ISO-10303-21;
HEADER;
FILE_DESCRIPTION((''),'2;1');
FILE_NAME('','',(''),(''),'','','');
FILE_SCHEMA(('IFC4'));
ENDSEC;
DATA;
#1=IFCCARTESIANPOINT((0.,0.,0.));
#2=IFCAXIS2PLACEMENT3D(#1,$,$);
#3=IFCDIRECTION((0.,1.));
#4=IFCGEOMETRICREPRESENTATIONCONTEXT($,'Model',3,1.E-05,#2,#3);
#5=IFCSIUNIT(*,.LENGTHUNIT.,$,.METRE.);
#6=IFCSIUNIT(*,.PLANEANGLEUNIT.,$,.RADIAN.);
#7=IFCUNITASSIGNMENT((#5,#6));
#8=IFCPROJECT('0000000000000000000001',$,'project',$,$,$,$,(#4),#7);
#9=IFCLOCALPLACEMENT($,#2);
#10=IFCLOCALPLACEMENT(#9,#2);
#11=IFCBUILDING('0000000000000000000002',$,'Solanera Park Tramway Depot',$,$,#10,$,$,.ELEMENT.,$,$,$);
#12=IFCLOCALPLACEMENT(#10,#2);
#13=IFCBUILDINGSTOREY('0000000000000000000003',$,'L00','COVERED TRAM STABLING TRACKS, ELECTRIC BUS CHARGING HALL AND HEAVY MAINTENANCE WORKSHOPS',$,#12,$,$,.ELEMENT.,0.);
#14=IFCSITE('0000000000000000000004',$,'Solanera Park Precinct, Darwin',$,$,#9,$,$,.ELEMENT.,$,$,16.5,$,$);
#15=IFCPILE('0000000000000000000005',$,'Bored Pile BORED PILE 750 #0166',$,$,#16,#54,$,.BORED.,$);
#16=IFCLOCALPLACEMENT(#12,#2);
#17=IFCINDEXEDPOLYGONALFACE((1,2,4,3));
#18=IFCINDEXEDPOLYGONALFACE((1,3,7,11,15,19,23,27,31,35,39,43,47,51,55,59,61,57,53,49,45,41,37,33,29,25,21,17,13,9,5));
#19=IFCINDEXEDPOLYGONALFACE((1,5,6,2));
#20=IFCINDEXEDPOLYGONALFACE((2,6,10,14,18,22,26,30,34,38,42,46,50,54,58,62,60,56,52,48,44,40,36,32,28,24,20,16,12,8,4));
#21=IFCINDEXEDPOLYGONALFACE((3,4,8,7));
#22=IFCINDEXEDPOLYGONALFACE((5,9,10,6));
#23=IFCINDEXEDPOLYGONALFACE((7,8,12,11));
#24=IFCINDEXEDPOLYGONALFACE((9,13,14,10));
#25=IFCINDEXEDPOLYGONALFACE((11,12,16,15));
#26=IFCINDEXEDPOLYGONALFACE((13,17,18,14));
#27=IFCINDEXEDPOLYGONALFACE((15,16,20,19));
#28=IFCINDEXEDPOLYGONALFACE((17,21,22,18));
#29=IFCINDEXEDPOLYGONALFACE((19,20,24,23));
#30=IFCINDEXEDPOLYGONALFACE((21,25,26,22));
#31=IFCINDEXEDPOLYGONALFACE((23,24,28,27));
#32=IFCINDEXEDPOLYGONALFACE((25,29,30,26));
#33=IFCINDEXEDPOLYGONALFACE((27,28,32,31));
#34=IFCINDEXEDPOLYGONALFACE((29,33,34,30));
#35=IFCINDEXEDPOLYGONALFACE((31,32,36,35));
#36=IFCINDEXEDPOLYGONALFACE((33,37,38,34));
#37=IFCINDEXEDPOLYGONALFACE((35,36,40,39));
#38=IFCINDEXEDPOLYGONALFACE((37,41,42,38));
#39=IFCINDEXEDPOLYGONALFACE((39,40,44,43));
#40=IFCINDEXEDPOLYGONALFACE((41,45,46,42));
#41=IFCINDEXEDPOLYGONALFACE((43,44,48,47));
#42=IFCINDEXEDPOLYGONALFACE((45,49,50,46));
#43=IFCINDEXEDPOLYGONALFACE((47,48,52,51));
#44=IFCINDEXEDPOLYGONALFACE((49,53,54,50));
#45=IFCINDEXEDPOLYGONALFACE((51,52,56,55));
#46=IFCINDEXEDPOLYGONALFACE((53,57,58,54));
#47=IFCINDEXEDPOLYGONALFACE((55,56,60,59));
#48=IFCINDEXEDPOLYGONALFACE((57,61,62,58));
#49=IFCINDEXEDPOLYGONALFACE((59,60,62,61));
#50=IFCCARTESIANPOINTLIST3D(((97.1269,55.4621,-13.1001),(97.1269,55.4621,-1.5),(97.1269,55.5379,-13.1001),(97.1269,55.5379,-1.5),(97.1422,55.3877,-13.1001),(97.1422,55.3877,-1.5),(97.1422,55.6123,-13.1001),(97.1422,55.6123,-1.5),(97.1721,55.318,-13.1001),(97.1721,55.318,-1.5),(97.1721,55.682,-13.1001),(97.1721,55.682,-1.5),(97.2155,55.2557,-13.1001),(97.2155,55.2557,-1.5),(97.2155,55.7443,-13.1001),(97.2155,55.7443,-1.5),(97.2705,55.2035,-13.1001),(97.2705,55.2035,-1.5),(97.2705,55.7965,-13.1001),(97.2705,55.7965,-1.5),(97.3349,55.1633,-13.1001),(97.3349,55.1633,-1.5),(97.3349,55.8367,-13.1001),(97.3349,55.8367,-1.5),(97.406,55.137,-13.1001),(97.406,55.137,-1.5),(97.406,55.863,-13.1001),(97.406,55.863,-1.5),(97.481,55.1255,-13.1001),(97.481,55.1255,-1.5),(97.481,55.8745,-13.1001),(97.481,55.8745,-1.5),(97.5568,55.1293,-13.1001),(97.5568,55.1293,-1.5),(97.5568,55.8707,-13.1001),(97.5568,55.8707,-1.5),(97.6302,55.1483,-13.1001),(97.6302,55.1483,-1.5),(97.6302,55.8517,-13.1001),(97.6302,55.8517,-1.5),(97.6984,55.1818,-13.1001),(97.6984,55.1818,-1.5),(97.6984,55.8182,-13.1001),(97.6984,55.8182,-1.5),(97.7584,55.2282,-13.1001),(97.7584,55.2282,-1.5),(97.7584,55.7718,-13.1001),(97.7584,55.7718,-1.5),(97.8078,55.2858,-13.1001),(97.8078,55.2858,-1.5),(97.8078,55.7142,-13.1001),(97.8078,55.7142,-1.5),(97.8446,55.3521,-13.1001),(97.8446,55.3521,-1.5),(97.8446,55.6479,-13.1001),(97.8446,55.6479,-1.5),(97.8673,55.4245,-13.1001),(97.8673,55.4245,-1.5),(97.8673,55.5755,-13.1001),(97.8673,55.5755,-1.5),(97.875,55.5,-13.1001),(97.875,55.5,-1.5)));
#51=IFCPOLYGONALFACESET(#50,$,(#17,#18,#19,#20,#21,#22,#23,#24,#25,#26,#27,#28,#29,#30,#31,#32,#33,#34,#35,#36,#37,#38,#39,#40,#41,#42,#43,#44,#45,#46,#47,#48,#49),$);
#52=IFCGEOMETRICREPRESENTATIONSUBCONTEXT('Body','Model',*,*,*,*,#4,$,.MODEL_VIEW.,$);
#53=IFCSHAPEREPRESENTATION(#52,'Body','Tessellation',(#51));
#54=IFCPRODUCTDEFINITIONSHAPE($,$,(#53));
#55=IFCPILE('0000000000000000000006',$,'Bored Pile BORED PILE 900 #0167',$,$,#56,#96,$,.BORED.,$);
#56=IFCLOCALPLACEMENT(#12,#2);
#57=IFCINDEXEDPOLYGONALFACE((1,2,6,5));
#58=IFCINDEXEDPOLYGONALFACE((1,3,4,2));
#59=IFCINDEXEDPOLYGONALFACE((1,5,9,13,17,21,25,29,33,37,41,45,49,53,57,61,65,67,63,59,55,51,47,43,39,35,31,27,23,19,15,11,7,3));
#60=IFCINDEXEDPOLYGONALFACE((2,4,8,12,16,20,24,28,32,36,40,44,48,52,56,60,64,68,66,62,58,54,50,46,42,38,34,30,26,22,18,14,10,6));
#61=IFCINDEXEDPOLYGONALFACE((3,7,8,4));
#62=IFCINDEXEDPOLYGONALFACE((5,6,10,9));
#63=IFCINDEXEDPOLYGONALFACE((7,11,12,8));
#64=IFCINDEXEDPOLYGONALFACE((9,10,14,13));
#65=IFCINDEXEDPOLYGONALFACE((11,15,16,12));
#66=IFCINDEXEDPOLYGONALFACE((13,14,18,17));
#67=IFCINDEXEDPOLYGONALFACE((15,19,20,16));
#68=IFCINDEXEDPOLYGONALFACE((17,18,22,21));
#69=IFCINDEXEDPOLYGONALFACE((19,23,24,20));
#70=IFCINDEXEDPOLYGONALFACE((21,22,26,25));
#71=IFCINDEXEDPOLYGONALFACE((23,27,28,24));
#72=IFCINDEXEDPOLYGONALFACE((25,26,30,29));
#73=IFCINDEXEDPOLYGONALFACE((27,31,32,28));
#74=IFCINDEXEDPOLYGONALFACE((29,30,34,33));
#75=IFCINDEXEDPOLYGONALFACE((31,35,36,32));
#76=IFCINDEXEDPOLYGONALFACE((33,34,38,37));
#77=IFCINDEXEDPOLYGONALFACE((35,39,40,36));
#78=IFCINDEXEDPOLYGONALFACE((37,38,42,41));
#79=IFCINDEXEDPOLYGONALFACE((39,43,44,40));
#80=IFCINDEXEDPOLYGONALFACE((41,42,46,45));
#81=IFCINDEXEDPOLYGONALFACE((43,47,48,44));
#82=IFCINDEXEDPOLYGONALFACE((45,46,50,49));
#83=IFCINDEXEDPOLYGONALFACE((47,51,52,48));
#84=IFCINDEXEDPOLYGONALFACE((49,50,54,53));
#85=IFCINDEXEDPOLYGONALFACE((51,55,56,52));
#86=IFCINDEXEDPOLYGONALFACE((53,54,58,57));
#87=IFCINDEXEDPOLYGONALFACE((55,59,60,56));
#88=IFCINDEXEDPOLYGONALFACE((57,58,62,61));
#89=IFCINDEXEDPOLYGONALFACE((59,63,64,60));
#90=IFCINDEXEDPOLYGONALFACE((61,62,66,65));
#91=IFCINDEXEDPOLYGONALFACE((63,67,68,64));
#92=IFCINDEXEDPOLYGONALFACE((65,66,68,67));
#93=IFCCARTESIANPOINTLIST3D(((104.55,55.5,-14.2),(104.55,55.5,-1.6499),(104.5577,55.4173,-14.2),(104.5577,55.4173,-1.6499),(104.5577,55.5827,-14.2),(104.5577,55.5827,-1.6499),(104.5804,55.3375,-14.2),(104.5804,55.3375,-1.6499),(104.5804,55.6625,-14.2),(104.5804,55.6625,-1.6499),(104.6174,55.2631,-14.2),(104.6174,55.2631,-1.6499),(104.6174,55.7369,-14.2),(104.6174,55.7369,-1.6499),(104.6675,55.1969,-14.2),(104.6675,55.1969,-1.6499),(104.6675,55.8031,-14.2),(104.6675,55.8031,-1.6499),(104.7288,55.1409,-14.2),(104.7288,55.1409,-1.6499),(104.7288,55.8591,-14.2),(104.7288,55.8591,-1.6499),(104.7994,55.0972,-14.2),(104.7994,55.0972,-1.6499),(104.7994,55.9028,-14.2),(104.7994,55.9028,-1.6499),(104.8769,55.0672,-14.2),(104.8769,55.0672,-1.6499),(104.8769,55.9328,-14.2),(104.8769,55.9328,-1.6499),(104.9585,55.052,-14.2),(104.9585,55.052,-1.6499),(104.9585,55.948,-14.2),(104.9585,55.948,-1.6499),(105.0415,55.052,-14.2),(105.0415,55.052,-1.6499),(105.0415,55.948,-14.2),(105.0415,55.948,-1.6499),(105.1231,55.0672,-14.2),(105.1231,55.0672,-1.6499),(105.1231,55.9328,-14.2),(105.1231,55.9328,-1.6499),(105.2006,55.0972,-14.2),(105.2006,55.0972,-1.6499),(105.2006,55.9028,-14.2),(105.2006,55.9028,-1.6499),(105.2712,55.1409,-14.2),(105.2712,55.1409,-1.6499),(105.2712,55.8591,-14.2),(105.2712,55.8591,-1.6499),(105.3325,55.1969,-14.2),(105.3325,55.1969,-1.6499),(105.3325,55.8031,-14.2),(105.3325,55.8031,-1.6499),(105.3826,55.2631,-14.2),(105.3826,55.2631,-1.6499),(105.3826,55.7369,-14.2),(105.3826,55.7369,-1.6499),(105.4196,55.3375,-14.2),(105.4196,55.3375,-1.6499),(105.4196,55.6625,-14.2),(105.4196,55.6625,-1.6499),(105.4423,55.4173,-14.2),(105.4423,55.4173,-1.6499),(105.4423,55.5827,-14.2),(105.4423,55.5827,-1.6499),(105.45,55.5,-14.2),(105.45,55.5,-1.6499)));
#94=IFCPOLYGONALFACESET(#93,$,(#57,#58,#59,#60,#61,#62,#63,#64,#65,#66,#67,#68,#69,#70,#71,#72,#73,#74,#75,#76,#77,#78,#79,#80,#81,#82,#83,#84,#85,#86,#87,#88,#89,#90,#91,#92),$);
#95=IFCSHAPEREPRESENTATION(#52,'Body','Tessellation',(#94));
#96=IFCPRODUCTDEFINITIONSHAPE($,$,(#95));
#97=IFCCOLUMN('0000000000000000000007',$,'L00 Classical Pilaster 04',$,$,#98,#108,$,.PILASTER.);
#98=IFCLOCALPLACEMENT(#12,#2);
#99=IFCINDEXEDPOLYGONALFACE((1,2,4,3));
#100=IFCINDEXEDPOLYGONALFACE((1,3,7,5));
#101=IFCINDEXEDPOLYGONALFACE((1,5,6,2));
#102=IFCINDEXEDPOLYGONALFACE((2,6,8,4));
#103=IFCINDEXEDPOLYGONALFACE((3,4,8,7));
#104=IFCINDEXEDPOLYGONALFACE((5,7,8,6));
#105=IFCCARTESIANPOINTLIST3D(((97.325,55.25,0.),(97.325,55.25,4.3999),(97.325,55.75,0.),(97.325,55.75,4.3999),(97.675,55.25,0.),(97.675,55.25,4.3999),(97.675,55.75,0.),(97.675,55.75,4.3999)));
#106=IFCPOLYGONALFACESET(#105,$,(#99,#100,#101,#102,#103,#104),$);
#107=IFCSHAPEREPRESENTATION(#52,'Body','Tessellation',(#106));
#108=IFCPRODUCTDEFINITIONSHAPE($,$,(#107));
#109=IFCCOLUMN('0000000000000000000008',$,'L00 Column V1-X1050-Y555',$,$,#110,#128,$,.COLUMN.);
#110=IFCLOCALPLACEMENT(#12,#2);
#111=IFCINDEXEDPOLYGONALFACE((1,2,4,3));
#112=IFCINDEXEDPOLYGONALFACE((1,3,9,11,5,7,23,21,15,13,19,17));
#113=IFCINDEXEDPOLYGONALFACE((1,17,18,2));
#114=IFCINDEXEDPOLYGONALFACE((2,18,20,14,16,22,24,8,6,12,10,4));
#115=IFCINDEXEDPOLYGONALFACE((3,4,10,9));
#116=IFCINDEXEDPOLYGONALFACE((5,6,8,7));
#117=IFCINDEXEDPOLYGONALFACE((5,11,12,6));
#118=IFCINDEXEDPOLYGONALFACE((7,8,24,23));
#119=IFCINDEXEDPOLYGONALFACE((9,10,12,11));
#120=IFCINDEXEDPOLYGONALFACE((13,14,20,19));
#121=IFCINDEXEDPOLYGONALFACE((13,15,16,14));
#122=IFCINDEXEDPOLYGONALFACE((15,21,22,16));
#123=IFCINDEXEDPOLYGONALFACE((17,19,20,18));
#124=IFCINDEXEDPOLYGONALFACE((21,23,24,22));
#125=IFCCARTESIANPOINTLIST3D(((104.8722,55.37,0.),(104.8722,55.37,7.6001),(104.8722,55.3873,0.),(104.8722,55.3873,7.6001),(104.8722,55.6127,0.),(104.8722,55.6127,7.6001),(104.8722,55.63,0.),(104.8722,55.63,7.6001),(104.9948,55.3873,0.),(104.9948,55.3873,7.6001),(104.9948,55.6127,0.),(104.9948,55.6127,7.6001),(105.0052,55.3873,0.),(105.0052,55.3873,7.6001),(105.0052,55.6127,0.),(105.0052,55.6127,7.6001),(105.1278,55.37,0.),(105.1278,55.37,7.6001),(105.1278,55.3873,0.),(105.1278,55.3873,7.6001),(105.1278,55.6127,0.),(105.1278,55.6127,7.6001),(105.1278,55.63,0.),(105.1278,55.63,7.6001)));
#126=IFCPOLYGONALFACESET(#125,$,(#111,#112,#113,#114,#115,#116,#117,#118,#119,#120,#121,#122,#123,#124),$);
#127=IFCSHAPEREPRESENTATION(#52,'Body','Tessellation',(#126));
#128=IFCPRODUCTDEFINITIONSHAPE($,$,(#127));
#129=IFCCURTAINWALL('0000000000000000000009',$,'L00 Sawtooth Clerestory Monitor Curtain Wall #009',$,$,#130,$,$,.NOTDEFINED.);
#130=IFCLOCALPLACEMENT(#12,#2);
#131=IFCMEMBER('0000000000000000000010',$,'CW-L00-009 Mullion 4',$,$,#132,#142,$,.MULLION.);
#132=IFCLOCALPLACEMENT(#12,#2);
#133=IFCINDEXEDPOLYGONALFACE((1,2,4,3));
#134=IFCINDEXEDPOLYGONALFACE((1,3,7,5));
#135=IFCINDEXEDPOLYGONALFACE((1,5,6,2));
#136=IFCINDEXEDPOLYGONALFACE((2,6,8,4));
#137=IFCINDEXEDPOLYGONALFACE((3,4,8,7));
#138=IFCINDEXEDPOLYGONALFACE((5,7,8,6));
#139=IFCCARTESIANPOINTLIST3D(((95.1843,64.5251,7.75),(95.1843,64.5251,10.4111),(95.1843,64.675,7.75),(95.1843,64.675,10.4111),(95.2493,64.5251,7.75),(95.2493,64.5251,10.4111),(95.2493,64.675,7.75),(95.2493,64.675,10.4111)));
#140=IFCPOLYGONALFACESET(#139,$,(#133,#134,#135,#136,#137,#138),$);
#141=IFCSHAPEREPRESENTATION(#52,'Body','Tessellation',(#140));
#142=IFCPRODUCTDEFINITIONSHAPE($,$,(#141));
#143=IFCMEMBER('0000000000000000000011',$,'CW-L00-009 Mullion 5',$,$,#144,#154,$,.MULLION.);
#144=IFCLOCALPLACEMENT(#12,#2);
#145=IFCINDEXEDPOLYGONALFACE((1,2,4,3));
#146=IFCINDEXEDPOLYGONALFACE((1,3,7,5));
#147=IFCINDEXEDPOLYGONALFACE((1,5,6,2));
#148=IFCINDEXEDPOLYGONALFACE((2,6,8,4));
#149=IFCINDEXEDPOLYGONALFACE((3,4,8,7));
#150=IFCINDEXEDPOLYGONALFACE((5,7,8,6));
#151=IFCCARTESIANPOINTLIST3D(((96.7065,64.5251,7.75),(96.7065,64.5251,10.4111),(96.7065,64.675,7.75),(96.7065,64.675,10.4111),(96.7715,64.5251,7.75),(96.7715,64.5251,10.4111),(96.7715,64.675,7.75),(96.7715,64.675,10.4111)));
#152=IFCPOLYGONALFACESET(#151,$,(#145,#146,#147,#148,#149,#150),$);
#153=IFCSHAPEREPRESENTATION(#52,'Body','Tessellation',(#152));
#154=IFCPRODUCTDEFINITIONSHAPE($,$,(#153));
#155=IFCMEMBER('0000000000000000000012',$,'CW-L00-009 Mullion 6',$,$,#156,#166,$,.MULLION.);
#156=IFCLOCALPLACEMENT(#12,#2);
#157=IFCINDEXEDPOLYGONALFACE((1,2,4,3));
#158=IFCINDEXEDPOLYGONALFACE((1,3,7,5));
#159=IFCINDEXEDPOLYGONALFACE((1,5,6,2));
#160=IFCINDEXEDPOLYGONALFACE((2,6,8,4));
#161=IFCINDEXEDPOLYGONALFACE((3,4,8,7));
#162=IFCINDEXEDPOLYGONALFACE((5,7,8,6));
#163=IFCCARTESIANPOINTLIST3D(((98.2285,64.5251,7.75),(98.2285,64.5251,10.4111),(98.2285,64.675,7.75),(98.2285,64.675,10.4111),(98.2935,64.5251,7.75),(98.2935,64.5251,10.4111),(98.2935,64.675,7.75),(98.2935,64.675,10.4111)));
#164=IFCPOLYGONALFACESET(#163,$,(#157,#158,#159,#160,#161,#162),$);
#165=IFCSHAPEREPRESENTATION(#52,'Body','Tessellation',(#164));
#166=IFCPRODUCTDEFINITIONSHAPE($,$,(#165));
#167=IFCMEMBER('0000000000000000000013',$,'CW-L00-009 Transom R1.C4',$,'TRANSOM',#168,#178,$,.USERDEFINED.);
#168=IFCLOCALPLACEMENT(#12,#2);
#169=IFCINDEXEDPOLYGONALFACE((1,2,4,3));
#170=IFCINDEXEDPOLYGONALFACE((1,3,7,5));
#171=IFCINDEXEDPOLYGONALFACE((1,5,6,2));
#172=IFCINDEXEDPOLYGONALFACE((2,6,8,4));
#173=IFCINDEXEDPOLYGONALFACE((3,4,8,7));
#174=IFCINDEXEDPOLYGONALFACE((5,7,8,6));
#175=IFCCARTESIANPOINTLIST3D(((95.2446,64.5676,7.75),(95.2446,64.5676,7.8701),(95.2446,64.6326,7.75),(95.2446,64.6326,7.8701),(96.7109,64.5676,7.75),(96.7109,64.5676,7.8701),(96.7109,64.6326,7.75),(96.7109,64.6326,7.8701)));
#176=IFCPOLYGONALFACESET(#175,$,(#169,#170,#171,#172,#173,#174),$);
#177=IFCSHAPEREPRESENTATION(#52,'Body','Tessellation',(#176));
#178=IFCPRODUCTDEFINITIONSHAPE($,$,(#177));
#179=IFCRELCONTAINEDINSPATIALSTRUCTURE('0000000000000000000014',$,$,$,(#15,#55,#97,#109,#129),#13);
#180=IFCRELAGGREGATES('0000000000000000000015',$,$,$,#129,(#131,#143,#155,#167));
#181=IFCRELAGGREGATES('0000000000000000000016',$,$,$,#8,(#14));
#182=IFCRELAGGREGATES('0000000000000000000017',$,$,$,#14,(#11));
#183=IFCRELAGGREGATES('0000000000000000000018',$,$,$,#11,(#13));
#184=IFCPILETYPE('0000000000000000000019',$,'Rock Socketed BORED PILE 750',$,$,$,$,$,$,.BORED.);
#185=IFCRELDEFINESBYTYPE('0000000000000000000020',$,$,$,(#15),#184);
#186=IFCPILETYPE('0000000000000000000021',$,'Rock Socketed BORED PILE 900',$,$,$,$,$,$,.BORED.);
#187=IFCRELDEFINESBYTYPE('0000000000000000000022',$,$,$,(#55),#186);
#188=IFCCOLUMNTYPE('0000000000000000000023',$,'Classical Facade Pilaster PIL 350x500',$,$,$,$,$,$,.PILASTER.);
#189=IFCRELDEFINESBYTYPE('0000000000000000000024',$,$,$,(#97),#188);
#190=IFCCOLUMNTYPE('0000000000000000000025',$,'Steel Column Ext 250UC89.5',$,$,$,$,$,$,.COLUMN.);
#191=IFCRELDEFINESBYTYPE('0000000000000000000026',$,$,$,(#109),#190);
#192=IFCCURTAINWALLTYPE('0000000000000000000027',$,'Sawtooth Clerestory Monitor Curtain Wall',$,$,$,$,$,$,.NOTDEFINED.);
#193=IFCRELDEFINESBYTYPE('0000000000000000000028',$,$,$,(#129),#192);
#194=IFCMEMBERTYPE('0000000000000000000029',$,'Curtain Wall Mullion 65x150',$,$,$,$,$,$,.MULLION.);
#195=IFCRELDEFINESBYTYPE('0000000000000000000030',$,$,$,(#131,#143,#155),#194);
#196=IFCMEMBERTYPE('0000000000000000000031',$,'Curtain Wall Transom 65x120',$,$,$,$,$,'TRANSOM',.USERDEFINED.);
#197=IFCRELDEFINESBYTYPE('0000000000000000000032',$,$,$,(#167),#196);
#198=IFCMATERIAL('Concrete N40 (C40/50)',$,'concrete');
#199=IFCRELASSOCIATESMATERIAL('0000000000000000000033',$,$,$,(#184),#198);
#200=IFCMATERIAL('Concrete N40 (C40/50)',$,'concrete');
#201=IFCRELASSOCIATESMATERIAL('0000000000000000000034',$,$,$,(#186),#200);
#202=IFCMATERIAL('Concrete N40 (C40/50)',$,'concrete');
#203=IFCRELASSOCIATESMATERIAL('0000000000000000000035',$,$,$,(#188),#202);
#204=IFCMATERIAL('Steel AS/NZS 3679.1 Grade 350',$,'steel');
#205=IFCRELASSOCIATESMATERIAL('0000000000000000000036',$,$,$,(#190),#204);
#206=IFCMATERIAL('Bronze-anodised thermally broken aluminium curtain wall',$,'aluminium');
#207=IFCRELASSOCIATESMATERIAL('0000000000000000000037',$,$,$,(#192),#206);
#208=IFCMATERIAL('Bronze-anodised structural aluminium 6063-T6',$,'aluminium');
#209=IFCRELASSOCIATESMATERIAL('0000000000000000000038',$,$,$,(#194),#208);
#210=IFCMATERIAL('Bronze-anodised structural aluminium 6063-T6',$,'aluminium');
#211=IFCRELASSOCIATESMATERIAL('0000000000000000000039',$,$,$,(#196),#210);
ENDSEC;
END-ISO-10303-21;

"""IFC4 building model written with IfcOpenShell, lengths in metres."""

from ifc_helpers import new_model, si_unit, direction, frame, origin, origin_2d, place, context, subcontext, project, spatial, rectangle, circle, i_section, extrude, material, material_profile, profile_set, type_object, element, aggregate, save


model = new_model("IFC4")

# Units and contexts
model_context = context("Model", 3, precision=1e-05, world=origin(), true_north=direction((0.0, 1.0)))
body_context = subcontext(model_context, "Body", "Model", "MODEL_VIEW")
ifc_project = project(units=[si_unit("LENGTHUNIT", "METRE"), si_unit("PLANEANGLEUNIT", "RADIAN")], contexts=[model_context])

# Site, building, storey
site_placement = place(None, origin())
site = spatial("IfcSite", under=ifc_project, at=site_placement, Name="Solanera Park Precinct, Darwin", CompositionType="ELEMENT", RefElevation=16.5)
building_placement = place(site_placement, origin())
building = spatial("IfcBuilding", under=site, at=building_placement, Name="Solanera Park Tramway Depot", CompositionType="ELEMENT")
storey_placement = place(building_placement, origin())
storey = spatial("IfcBuildingStorey", under=building, at=storey_placement, Name="L00", Description="COVERED TRAM STABLING TRACKS, ELECTRIC BUS CHARGING HALL AND HEAVY MAINTENANCE WORKSHOPS", CompositionType="ELEMENT", Elevation=0.0)

# Piles
ifc_material_1 = material(Name="Concrete N40 (C40/50)", Category="concrete")
ifc_material_profile_1 = material_profile(ifc_material_1, circle(Radius=0.375, at=origin_2d()), Name="BORED PILE 750")
ifc_profile_set_1 = profile_set([ifc_material_profile_1], Name="Concrete N40 (C40/50)")
pile_type_1 = type_object("IfcPileType", Name="Rock Socketed BORED PILE 750", PredefinedType="BORED", material=ifc_profile_set_1)
pile_1_placement = place(storey_placement, frame((97.5, 55.5, -1.5), z_axis=(0.0, 0.0, -1.0), x_axis=(1.0, 0.0, 0.0)))
element("IfcPile", 1, at=pile_1_placement, inside=storey, type_object=pile_type_1, Name="Bored Pile BORED PILE 750 #0166", PredefinedType="BORED", context=body_context, shape_type="SweptSolid", body=[
    extrude(circle(Radius=0.375, at=origin_2d()), origin(), (0.0, 0.0, 1.0), 11.6001),
])
ifc_material_2 = material(Name="Concrete N40 (C40/50)", Category="concrete")
ifc_material_profile_2 = material_profile(ifc_material_2, circle(Radius=0.45, at=origin_2d()), Name="BORED PILE 900")
ifc_profile_set_2 = profile_set([ifc_material_profile_2], Name="Concrete N40 (C40/50)")
pile_type_2 = type_object("IfcPileType", Name="Rock Socketed BORED PILE 900", PredefinedType="BORED", material=ifc_profile_set_2)
pile_2_placement = place(storey_placement, frame((105.0, 55.5, -1.6499), z_axis=(0.0, 0.0, -1.0), x_axis=(1.0, 0.0, 0.0)))
element("IfcPile", 2, at=pile_2_placement, inside=storey, type_object=pile_type_2, Name="Bored Pile BORED PILE 900 #0167", PredefinedType="BORED", context=body_context, shape_type="SweptSolid", body=[
    extrude(circle(Radius=0.45, at=origin_2d()), origin(), (0.0, 0.0, 1.0), 12.55),
])

# Columns
ifc_material_3 = material(Name="Concrete N40 (C40/50)", Category="concrete")
ifc_material_profile_3 = material_profile(ifc_material_3, rectangle(XDim=0.3501, YDim=0.5, at=origin_2d()), Name="PIL 350x500")
ifc_profile_set_3 = profile_set([ifc_material_profile_3], Name="Concrete N40 (C40/50)")
column_type_1 = type_object("IfcColumnType", Name="Classical Facade Pilaster PIL 350x500", PredefinedType="PILASTER", material=ifc_profile_set_3)
column_1_placement = place(storey_placement, frame((97.5, 55.5, 0.0), z_axis=(0.0, 0.0, 1.0), x_axis=(1.0, 0.0, 0.0)))
element("IfcColumn", 3, at=column_1_placement, inside=storey, type_object=column_type_1, Name="L00 Classical Pilaster 04", PredefinedType="PILASTER", context=body_context, shape_type="SweptSolid", body=[
    extrude(rectangle(XDim=0.3501, YDim=0.5, at=origin_2d()), origin(), (0.0, 0.0, 1.0), 4.3999),
])
ifc_material_4 = material(Name="Steel AS/NZS 3679.1 Grade 350", Category="steel")
ifc_material_profile_4 = material_profile(ifc_material_4, i_section(OverallWidth=0.2556, OverallDepth=0.26, WebThickness=0.0105, FlangeThickness=0.0173, at=origin_2d()), Name="250UC89.5")
ifc_profile_set_4 = profile_set([ifc_material_profile_4], Name="Steel AS/NZS 3679.1 Grade 350")
column_type_2 = type_object("IfcColumnType", Name="Steel Column Ext 250UC89.5", PredefinedType="COLUMN", material=ifc_profile_set_4)
column_2_placement = place(storey_placement, frame((105.0, 55.5, 0.0), z_axis=(0.0, 0.0, 1.0), x_axis=(1.0, 0.0, 0.0)))
element("IfcColumn", 4, at=column_2_placement, inside=storey, type_object=column_type_2, Name="L00 Column V1-X1050-Y555", PredefinedType="COLUMN", context=body_context, shape_type="SweptSolid", body=[
    extrude(i_section(OverallWidth=0.2556, OverallDepth=0.26, WebThickness=0.0105, FlangeThickness=0.0173, at=origin_2d()), origin(), (0.0, 0.0, 1.0), 7.6001),
])

# Curtain wall, members
ifc_material_5 = material(Name="Bronze-anodised thermally broken aluminium curtain wall", Category="aluminium")
curtain_wall_type = type_object("IfcCurtainWallType", Name="Sawtooth Clerestory Monitor Curtain Wall", PredefinedType="NOTDEFINED", material=ifc_material_5)
curtain_wall_placement = place(storey_placement, origin())
curtain_wall = element("IfcCurtainWall", 5, at=curtain_wall_placement, inside=storey, type_object=curtain_wall_type, Name="L00 Sawtooth Clerestory Monitor Curtain Wall #009", PredefinedType="NOTDEFINED")
ifc_material_6 = material(Name="Bronze-anodised structural aluminium 6063-T6", Category="aluminium")
ifc_material_profile_5 = material_profile(ifc_material_6, rectangle(XDim=0.0649, YDim=0.1499, at=origin_2d()), Name="Curtain Wall Mullion 65x150")
ifc_profile_set_5 = profile_set([ifc_material_profile_5], Name="Bronze-anodised structural aluminium 6063-T6")
member_type_1 = type_object("IfcMemberType", Name="Curtain Wall Mullion 65x150", PredefinedType="MULLION", material=ifc_profile_set_5)
member_1_placement = place(storey_placement, frame((95.2168, 64.6001, 7.75), z_axis=(0.0, 0.0, 1.0), x_axis=(1.0, 0.0, 0.0)))
member_1 = element("IfcMember", 6, at=member_1_placement, type_object=member_type_1, Name="CW-L00-009 Mullion 4", PredefinedType="MULLION", context=body_context, shape_type="SweptSolid", body=[
    extrude(rectangle(XDim=0.0649, YDim=0.1499, at=origin_2d()), origin(), (0.0, 0.0, 1.0), 2.6611),
])
member_2_placement = place(storey_placement, frame((96.739, 64.6001, 7.75), z_axis=(0.0, 0.0, 1.0), x_axis=(1.0, 0.0, 0.0)))
member_2 = element("IfcMember", 7, at=member_2_placement, type_object=member_type_1, Name="CW-L00-009 Mullion 5", PredefinedType="MULLION", context=body_context, shape_type="SweptSolid", body=[
    extrude(rectangle(XDim=0.0649, YDim=0.1499, at=origin_2d()), origin(), (0.0, 0.0, 1.0), 2.6611),
])
member_3_placement = place(storey_placement, frame((98.261, 64.6001, 7.75), z_axis=(0.0, 0.0, 1.0), x_axis=(1.0, 0.0, 0.0)))
member_3 = element("IfcMember", 8, at=member_3_placement, type_object=member_type_1, Name="CW-L00-009 Mullion 6", PredefinedType="MULLION", context=body_context, shape_type="SweptSolid", body=[
    extrude(rectangle(XDim=0.0649, YDim=0.1499, at=origin_2d()), origin(), (0.0, 0.0, 1.0), 2.6611),
])
ifc_material_7 = material(Name="Bronze-anodised structural aluminium 6063-T6", Category="aluminium")
ifc_material_profile_6 = material_profile(ifc_material_7, rectangle(XDim=0.0649, YDim=0.1201, at=origin_2d()), Name="Curtain Wall Transom 65x120")
ifc_profile_set_6 = profile_set([ifc_material_profile_6], Name="Bronze-anodised structural aluminium 6063-T6")
member_type_2 = type_object("IfcMemberType", Name="Curtain Wall Transom 65x120", ElementType="TRANSOM", PredefinedType="USERDEFINED", material=ifc_profile_set_6)
member_4_placement = place(storey_placement, frame((95.2446, 64.6001, 7.8101), z_axis=(1.0, 0.0, 0.0), x_axis=(0.0, 1.0, 0.0)))
member_4 = element("IfcMember", 9, at=member_4_placement, type_object=member_type_2, Name="CW-L00-009 Transom R1.C4", ObjectType="TRANSOM", PredefinedType="USERDEFINED", context=body_context, shape_type="SweptSolid", body=[
    extrude(rectangle(XDim=0.0649, YDim=0.1201, at=origin_2d()), origin(), (0.0, 0.0, 1.0), 1.4663),
])

aggregate(curtain_wall, [member_1, member_2, member_3, member_4])

save(model, "model.ifc")
